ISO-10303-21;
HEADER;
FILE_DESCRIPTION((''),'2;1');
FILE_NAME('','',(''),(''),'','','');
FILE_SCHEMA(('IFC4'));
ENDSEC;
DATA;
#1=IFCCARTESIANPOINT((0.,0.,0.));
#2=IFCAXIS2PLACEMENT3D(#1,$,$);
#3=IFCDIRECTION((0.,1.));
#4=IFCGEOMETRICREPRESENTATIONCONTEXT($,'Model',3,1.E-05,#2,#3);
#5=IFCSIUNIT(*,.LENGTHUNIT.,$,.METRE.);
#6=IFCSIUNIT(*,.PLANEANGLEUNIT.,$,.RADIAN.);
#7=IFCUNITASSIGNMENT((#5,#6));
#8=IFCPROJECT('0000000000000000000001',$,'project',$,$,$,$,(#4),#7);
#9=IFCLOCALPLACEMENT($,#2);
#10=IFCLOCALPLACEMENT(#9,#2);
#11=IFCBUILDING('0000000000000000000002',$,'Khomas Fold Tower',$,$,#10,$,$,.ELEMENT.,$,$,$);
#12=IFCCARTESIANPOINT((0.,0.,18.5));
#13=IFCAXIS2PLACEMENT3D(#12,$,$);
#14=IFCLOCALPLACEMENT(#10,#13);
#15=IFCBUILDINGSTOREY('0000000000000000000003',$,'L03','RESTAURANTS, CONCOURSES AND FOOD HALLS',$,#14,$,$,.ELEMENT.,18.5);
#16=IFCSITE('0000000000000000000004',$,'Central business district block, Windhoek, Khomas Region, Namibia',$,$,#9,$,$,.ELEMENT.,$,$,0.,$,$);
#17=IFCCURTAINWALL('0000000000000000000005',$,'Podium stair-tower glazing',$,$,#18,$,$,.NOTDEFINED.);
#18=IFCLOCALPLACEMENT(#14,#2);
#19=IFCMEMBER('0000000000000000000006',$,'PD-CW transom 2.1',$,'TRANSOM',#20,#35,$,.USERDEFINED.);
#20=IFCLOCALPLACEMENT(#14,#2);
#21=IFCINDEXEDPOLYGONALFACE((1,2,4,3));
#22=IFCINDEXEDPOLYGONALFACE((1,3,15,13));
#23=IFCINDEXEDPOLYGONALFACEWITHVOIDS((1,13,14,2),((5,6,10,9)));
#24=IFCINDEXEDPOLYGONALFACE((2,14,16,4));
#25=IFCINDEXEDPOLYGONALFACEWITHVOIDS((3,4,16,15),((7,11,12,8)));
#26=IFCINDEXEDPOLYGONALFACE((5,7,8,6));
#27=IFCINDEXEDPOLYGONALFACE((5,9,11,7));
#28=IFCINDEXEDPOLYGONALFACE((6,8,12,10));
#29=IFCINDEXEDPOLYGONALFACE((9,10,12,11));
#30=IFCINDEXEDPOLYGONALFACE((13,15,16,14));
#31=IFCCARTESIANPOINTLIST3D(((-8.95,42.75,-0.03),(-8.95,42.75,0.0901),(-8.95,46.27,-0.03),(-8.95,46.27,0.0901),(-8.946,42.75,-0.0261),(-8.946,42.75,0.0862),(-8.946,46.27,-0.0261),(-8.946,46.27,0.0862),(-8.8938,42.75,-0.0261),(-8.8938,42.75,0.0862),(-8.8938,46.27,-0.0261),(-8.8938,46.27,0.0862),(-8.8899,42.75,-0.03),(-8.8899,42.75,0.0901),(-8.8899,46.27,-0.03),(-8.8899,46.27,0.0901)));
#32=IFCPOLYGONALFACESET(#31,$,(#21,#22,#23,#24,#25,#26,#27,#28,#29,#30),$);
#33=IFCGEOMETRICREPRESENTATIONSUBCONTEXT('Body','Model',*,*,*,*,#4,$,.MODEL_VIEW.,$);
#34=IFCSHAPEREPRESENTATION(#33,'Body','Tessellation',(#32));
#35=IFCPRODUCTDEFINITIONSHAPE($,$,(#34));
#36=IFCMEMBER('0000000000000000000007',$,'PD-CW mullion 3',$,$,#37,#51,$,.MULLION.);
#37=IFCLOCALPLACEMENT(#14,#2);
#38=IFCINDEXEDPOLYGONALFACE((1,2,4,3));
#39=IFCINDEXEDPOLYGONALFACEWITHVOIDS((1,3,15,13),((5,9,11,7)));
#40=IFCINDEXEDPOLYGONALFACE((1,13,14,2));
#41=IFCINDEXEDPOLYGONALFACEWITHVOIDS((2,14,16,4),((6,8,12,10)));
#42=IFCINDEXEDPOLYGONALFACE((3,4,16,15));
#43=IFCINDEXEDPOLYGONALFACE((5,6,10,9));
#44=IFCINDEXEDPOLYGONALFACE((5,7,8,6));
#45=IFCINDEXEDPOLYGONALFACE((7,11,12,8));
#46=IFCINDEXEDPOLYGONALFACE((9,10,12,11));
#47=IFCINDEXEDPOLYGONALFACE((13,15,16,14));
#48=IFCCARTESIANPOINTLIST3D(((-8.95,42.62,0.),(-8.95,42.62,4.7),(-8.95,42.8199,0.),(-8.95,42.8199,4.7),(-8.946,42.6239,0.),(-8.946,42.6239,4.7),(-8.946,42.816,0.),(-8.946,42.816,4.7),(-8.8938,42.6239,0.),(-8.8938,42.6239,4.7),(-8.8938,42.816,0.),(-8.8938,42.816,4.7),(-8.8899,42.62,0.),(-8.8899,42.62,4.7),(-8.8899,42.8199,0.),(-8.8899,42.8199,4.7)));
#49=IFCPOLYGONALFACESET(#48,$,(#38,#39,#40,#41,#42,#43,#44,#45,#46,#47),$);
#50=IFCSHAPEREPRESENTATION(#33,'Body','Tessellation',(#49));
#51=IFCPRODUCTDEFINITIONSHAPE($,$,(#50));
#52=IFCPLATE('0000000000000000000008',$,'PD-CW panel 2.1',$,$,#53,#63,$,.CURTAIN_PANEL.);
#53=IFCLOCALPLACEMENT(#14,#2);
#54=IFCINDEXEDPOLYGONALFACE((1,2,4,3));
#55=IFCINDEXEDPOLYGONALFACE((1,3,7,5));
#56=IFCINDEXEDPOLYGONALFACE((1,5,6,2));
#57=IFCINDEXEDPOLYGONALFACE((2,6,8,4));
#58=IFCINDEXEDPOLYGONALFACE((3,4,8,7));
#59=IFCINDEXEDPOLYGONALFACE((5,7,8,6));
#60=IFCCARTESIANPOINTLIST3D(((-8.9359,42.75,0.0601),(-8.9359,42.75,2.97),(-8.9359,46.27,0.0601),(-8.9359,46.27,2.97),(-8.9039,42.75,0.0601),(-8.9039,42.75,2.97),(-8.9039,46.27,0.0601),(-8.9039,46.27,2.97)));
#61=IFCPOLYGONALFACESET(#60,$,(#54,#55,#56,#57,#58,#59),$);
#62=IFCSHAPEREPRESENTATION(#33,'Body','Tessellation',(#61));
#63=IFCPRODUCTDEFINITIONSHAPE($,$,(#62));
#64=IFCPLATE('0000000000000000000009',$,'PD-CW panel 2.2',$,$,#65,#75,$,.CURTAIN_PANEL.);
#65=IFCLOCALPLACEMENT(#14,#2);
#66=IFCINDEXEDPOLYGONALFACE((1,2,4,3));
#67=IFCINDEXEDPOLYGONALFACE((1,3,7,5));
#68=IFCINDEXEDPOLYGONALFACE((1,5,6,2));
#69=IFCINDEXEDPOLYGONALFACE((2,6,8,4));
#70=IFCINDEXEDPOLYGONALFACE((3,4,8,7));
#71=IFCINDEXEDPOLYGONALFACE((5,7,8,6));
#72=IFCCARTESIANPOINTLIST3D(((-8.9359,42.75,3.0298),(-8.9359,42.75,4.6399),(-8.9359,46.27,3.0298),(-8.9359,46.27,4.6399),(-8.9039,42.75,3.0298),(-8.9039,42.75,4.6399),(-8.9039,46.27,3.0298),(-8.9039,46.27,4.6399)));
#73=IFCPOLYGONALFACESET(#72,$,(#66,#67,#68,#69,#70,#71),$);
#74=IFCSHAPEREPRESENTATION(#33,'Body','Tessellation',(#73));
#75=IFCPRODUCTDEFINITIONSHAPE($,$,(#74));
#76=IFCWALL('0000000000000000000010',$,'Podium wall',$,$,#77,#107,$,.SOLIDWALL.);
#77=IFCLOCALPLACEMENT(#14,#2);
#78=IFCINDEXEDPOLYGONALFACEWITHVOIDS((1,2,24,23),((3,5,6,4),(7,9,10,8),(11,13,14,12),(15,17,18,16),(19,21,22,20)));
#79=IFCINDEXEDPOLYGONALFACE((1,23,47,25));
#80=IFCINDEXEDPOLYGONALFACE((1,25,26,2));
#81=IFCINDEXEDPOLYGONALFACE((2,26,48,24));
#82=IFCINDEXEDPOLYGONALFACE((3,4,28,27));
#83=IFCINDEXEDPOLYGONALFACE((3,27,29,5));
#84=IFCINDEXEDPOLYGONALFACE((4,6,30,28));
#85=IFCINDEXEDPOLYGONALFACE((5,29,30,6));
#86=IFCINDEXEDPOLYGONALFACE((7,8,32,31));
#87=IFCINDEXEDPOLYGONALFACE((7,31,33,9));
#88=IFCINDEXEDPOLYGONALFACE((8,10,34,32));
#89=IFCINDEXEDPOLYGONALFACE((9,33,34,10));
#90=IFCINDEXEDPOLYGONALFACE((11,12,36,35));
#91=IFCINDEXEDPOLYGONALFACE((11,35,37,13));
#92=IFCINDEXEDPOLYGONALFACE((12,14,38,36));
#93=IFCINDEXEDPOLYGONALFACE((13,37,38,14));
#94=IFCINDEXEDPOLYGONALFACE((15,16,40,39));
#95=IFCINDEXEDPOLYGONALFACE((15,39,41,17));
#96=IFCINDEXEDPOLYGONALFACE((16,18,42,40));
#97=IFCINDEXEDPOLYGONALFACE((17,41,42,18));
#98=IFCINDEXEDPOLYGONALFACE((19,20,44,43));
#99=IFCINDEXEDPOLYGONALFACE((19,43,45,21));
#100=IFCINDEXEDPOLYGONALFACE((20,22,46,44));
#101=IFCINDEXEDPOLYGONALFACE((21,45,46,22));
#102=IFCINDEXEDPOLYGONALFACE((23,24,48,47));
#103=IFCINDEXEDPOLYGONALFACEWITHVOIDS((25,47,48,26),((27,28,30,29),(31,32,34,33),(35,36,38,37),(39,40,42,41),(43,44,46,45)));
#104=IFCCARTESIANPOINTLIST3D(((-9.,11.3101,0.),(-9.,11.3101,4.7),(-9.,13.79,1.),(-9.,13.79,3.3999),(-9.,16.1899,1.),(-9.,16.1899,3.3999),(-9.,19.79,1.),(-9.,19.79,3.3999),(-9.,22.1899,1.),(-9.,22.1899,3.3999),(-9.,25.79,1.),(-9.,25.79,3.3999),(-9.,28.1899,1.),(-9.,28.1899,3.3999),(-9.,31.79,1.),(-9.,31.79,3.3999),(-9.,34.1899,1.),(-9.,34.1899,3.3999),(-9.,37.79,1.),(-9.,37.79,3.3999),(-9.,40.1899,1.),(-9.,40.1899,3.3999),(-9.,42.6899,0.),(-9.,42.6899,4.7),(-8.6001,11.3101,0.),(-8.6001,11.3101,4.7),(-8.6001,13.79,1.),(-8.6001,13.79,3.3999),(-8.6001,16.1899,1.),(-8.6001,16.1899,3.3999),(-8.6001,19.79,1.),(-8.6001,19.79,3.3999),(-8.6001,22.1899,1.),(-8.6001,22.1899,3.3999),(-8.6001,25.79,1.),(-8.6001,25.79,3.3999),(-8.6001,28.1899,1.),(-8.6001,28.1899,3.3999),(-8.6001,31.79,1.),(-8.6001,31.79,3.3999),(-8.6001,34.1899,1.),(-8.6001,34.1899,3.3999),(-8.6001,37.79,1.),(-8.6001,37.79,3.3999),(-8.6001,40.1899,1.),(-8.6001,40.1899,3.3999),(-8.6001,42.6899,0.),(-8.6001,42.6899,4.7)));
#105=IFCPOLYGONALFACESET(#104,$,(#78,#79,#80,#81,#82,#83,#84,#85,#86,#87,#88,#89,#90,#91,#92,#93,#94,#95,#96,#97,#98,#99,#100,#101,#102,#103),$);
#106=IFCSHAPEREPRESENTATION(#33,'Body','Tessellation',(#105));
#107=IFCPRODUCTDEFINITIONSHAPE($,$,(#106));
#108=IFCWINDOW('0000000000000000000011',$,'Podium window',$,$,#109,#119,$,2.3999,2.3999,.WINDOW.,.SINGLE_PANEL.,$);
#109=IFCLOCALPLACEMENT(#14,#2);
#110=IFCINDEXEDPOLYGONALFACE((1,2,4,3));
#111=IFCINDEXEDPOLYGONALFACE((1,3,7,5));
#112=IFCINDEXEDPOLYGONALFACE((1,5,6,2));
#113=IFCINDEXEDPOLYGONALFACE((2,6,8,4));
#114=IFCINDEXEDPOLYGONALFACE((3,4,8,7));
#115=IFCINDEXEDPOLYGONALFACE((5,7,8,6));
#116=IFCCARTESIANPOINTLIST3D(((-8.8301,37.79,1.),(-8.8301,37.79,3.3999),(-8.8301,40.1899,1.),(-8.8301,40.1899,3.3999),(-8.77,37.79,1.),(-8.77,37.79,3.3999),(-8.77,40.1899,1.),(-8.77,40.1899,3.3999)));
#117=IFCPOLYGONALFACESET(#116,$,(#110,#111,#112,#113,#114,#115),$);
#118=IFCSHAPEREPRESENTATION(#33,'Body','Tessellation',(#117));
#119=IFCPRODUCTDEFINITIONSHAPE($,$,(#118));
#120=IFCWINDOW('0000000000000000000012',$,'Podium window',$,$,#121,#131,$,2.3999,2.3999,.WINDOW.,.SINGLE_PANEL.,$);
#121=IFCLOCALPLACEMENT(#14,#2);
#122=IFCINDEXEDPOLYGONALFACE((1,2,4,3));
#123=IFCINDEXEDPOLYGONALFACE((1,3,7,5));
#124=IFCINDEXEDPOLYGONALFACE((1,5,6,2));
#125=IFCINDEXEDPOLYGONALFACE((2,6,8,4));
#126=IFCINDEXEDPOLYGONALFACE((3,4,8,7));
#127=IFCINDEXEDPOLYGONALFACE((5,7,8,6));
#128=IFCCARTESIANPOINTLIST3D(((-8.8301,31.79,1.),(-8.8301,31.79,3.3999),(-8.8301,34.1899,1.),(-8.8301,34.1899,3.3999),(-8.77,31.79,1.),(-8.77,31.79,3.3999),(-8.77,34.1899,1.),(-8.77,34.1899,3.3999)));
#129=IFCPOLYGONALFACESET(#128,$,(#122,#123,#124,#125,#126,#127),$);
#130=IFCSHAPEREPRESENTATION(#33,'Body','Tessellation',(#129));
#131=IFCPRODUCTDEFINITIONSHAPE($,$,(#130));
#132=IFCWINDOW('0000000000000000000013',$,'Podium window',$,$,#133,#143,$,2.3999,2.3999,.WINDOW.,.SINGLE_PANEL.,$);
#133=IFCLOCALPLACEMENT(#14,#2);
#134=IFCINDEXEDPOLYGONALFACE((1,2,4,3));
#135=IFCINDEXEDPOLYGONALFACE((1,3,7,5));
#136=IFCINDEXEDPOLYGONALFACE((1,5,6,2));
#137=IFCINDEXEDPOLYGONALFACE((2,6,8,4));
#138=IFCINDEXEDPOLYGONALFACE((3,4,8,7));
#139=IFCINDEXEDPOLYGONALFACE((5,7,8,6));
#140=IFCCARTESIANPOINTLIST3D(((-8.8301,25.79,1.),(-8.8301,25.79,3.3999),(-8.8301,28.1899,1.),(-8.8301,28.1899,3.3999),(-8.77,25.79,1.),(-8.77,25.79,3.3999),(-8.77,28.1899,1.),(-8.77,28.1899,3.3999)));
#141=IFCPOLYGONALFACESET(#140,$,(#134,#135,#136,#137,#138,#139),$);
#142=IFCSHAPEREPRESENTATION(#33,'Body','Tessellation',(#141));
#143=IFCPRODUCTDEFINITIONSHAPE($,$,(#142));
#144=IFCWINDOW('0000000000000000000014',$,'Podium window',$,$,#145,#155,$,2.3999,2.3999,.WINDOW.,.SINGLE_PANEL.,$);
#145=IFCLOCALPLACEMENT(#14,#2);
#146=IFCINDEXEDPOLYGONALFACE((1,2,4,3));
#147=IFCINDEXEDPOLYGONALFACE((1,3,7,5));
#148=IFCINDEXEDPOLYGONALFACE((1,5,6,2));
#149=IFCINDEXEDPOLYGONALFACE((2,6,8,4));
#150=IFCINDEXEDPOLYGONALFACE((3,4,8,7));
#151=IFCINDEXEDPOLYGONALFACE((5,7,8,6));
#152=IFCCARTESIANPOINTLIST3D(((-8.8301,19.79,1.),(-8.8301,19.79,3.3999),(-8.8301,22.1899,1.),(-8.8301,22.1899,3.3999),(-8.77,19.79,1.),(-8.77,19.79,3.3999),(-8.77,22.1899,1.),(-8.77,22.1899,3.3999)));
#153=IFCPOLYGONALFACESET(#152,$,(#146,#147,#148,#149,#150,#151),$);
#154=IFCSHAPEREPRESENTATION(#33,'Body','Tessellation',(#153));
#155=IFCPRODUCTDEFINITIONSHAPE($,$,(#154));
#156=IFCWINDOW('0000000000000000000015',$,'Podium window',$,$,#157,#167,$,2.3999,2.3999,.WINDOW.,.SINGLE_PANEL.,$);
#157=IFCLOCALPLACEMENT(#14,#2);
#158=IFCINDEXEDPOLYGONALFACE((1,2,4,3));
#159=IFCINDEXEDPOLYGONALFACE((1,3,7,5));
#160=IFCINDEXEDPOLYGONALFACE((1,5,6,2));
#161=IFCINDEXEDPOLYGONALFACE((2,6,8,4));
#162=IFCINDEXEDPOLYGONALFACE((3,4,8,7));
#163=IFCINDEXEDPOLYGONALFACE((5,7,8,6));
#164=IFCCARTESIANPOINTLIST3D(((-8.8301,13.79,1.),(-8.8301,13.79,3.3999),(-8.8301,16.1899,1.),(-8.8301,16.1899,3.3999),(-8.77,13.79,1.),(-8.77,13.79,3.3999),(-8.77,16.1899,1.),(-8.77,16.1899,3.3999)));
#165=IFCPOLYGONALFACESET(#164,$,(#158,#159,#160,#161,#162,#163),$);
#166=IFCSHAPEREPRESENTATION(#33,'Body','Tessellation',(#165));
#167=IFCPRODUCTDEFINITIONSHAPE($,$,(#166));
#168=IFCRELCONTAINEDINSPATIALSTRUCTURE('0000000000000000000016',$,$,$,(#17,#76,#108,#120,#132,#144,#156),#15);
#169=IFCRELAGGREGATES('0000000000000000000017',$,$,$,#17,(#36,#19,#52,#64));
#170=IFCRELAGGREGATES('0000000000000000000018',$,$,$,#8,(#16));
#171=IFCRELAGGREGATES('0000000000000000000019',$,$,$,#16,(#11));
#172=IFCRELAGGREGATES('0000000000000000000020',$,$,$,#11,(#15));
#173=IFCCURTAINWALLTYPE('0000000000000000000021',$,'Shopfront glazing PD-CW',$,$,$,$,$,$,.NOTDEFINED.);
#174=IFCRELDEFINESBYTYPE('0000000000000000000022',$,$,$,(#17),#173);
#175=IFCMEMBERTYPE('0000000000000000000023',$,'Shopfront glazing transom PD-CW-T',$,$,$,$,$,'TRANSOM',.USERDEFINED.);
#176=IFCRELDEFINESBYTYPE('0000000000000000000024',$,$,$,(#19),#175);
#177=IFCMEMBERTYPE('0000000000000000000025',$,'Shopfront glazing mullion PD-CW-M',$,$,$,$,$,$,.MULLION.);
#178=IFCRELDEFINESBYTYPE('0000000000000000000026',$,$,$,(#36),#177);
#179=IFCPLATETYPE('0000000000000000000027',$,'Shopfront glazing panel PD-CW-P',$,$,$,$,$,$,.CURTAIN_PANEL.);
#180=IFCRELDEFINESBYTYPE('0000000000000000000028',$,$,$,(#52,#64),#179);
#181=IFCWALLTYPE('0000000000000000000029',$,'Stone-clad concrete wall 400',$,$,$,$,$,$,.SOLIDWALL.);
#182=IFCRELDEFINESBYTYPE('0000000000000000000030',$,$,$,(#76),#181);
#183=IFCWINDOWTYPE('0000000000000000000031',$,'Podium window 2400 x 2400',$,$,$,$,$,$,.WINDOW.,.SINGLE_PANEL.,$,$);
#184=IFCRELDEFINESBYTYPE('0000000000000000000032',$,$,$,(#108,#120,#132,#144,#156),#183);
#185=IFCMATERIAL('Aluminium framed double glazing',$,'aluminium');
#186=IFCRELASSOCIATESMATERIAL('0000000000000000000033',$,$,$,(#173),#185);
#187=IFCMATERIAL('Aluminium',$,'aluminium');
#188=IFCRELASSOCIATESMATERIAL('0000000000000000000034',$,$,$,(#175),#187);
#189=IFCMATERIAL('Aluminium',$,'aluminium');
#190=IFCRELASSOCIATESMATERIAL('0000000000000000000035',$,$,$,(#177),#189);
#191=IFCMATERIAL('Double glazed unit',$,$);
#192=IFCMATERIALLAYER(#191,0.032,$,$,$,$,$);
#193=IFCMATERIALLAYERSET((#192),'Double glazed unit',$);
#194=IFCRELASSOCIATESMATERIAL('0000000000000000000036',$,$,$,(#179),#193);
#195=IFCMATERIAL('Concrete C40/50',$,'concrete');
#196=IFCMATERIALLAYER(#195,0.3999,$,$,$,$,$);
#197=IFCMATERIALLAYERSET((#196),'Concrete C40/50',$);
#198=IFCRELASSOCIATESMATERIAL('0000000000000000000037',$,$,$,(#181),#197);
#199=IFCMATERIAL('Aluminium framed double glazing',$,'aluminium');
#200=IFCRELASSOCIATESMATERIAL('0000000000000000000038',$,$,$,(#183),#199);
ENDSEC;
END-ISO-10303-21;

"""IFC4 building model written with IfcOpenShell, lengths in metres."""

from ifc_helpers import new_model, si_unit, direction, frame, frame_2d, origin, origin_2d, place, context, subcontext, project, spatial, rectangle, hollow_rectangle, extrude, source, transform, mapped, material, layer, layer_set, material_profile, profile_set, type_object, element, fill, aggregate, save


model = new_model("IFC4")

# Units and contexts
model_context = context("Model", 3, precision=1e-05, world=origin(), true_north=direction((0.0, 1.0)))
body_context = subcontext(model_context, "Body", "Model", "MODEL_VIEW")
ifc_project = project(units=[si_unit("LENGTHUNIT", "METRE"), si_unit("PLANEANGLEUNIT", "RADIAN")], contexts=[model_context])

# Site, building, storey
site_placement = place(None, origin())
site = spatial("IfcSite", under=ifc_project, at=site_placement, Name="Central business district block, Windhoek, Khomas Region, Namibia", CompositionType="ELEMENT", RefElevation=0.0)
building_placement = place(site_placement, origin())
building = spatial("IfcBuilding", under=site, at=building_placement, Name="Khomas Fold Tower", CompositionType="ELEMENT")
storey_placement = place(building_placement, frame((0.0, 0.0, 18.5)))
storey = spatial("IfcBuildingStorey", under=building, at=storey_placement, Name="L03", Description="RESTAURANTS, CONCOURSES AND FOOD HALLS", CompositionType="ELEMENT", Elevation=18.5)

# Curtain wall, members, plates
ifc_material_1 = material(Name="Aluminium framed double glazing", Category="aluminium")
curtain_wall_type = type_object("IfcCurtainWallType", Name="Shopfront glazing PD-CW", PredefinedType="NOTDEFINED", material=ifc_material_1)
curtain_wall_placement = place(storey_placement, origin())
curtain_wall = element("IfcCurtainWall", 1, at=curtain_wall_placement, inside=storey, type_object=curtain_wall_type, Name="Podium stair-tower glazing", PredefinedType="NOTDEFINED")
ifc_material_2 = material(Name="Aluminium", Category="aluminium")
ifc_material_profile_1 = material_profile(ifc_material_2, hollow_rectangle(XDim=0.0601, YDim=0.1201, WallThickness=0.0039, at=origin_2d()), Name="Shopfront glazing transom PD-CW-T")
ifc_profile_set_1 = profile_set([ifc_material_profile_1], Name="Aluminium")
member_type_1 = type_object("IfcMemberType", Name="Shopfront glazing transom PD-CW-T", ElementType="TRANSOM", PredefinedType="USERDEFINED", material=ifc_profile_set_1)
shared_shape_1 = source(origin(), body_context, "Body", "SweptSolid", [
    extrude(hollow_rectangle(XDim=0.0601, YDim=0.1201, WallThickness=0.0039, at=origin_2d()), origin(), (0.0, 0.0, 1.0), 3.52),
])
member_1_placement = place(storey_placement, frame((-8.9199, 46.27, 0.03), z_axis=(0.0, -1.0, 0.0), x_axis=(1.0, 0.0, 0.0)))
member_1 = element("IfcMember", 2, at=member_1_placement, type_object=member_type_1, Name="PD-CW transom 2.1", ObjectType="TRANSOM", PredefinedType="USERDEFINED", context=body_context, shape_type="MappedRepresentation", body=[
    mapped(shared_shape_1, transform((0.0, 0.0, 0.0))),
])
ifc_material_3 = material(Name="Aluminium", Category="aluminium")
ifc_material_profile_2 = material_profile(ifc_material_3, hollow_rectangle(XDim=0.0601, YDim=0.2, WallThickness=0.0039, at=origin_2d()), Name="Shopfront glazing mullion PD-CW-M")
ifc_profile_set_2 = profile_set([ifc_material_profile_2], Name="Aluminium")
member_type_2 = type_object("IfcMemberType", Name="Shopfront glazing mullion PD-CW-M", PredefinedType="MULLION", material=ifc_profile_set_2)
shared_shape_2 = source(origin(), body_context, "Body", "SweptSolid", [
    extrude(hollow_rectangle(XDim=0.0601, YDim=0.2, WallThickness=0.0039, at=origin_2d()), origin(), (0.0, 0.0, 1.0), 4.7),
])
member_2_placement = place(storey_placement, frame((-8.9199, 42.72, 0.0), z_axis=(0.0, 0.0, 1.0), x_axis=(1.0, 0.0, 0.0)))
member_2 = element("IfcMember", 3, at=member_2_placement, type_object=member_type_2, Name="PD-CW mullion 3", PredefinedType="MULLION", context=body_context, shape_type="MappedRepresentation", body=[
    mapped(shared_shape_2, transform((0.0, 0.0, 0.0))),
])
ifc_material_4 = material(Name="Double glazed unit")
ifc_layer_1 = layer(ifc_material_4, 0.032)
ifc_layer_set_1 = layer_set([ifc_layer_1], Name="Double glazed unit")
plate_type = type_object("IfcPlateType", Name="Shopfront glazing panel PD-CW-P", PredefinedType="CURTAIN_PANEL", material=ifc_layer_set_1)
shared_shape_3 = source(origin(), body_context, "Body", "SweptSolid", [
    extrude(rectangle(XDim=3.52, YDim=0.032, at=origin_2d()), origin(), (0.0, 0.0, 1.0), 2.9099),
])
plate_1_placement = place(storey_placement, frame((-8.9199, 44.51, 0.0601), z_axis=(0.0, 0.0, 1.0), x_axis=(0.0, -1.0, 0.0)))
plate_1 = element("IfcPlate", 4, at=plate_1_placement, type_object=plate_type, Name="PD-CW panel 2.1", PredefinedType="CURTAIN_PANEL", context=body_context, shape_type="MappedRepresentation", body=[
    mapped(shared_shape_3, transform((0.0, 0.0, 0.0))),
])
shared_shape_4 = source(origin(), body_context, "Body", "SweptSolid", [
    extrude(rectangle(XDim=3.52, YDim=0.032, at=origin_2d()), origin(), (0.0, 0.0, 1.0), 1.6101),
])
plate_2_placement = place(storey_placement, frame((-8.9199, 44.51, 3.0298), z_axis=(0.0, 0.0, 1.0), x_axis=(0.0, -1.0, 0.0)))
plate_2 = element("IfcPlate", 5, at=plate_2_placement, type_object=plate_type, Name="PD-CW panel 2.2", PredefinedType="CURTAIN_PANEL", context=body_context, shape_type="MappedRepresentation", body=[
    mapped(shared_shape_4, transform((0.0, 0.0, 0.0))),
])
aggregate(curtain_wall, [member_2, member_1, plate_1, plate_2])

# Wall, openings, windows
ifc_material_5 = material(Name="Concrete C40/50", Category="concrete")
ifc_layer_2 = layer(ifc_material_5, 0.3999)
ifc_layer_set_2 = layer_set([ifc_layer_2], Name="Concrete C40/50")
wall_type_1 = type_object("IfcWallType", Name="Stone-clad concrete wall 400", PredefinedType="SOLIDWALL", material=ifc_layer_set_2)
shared_shape_5 = source(origin(), body_context, "Body", "SweptSolid", [
    extrude(rectangle(XDim=31.3799, YDim=0.3999, at=frame_2d((15.6899, 0.0))), origin(), (0.0, 0.0, 1.0), 4.7),
])
wall_1_placement = place(storey_placement, frame((-8.8, 42.6899, 0.0), z_axis=(0.0, 0.0, 1.0), x_axis=(0.0, -1.0, 0.0)))
wall_1 = element("IfcWall", 6, at=wall_1_placement, inside=storey, type_object=wall_type_1, Name="Podium wall", PredefinedType="SOLIDWALL", context=body_context, shape_type="MappedRepresentation", body=[
    mapped(shared_shape_5, transform((0.0, 0.0, 0.0))),
])
shared_shape_6 = source(origin(), body_context, "Body", "SweptSolid", [
    extrude(rectangle(XDim=2.3999, YDim=2.3999, at=frame_2d((1.2, 1.2))), frame((0.0, 0.21, 0.0), z_axis=(0.0, -1.0, 0.0), x_axis=(1.0, 0.0, 0.0)), (0.0, 0.0, 1.0), 0.4199),
])
opening_1_placement = place(wall_1_placement, frame((2.5, 0.0, 1.0)))
opening_1 = element("IfcOpeningElement", 7, at=opening_1_placement, cuts=wall_1, PredefinedType="OPENING", context=body_context, shape_type="MappedRepresentation", body=[
    mapped(shared_shape_6, transform((0.0, 0.0, 0.0))),
])
opening_2_placement = place(wall_1_placement, frame((8.5, 0.0, 1.0)))
opening_2 = element("IfcOpeningElement", 8, at=opening_2_placement, cuts=wall_1, PredefinedType="OPENING", context=body_context, shape_type="MappedRepresentation", body=[
    mapped(shared_shape_6, transform((0.0, 0.0, 0.0))),
])
opening_3_placement = place(wall_1_placement, frame((14.5, 0.0, 1.0)))
opening_3 = element("IfcOpeningElement", 9, at=opening_3_placement, cuts=wall_1, PredefinedType="OPENING", context=body_context, shape_type="MappedRepresentation", body=[
    mapped(shared_shape_6, transform((0.0, 0.0, 0.0))),
])
opening_4_placement = place(wall_1_placement, frame((20.5, 0.0, 1.0)))
opening_4 = element("IfcOpeningElement", 10, at=opening_4_placement, cuts=wall_1, PredefinedType="OPENING", context=body_context, shape_type="MappedRepresentation", body=[
    mapped(shared_shape_6, transform((0.0, 0.0, 0.0))),
])
opening_5_placement = place(wall_1_placement, frame((26.5, 0.0, 1.0)))
opening_5 = element("IfcOpeningElement", 11, at=opening_5_placement, cuts=wall_1, PredefinedType="OPENING", context=body_context, shape_type="MappedRepresentation", body=[
    mapped(shared_shape_6, transform((0.0, 0.0, 0.0))),
])
ifc_material_6 = material(Name="Aluminium framed double glazing", Category="aluminium")
window_type = type_object("IfcWindowType", Name="Podium window 2400 x 2400", PartitioningType="SINGLE_PANEL", PredefinedType="WINDOW", material=ifc_material_6)
shared_shape_7 = source(origin(), body_context, "Body", "SweptSolid", [
    extrude(rectangle(XDim=2.3999, YDim=2.3999, at=frame_2d((1.2, 1.2))), frame((0.0, 0.03, 0.0), z_axis=(0.0, -1.0, 0.0), x_axis=(1.0, 0.0, 0.0)), (0.0, 0.0, 1.0), 0.0601),
])
window_1_placement = place(opening_1_placement, origin())
window_1 = element("IfcWindow", 12, at=window_1_placement, inside=storey, type_object=window_type, Name="Podium window", OverallHeight=2.3999, OverallWidth=2.3999, PartitioningType="SINGLE_PANEL", PredefinedType="WINDOW", context=body_context, shape_type="MappedRepresentation", body=[
    mapped(shared_shape_7, transform((0.0, 0.0, 0.0))),
])
fill(opening_1, window_1)
window_2_placement = place(opening_2_placement, origin())
window_2 = element("IfcWindow", 13, at=window_2_placement, inside=storey, type_object=window_type, Name="Podium window", OverallHeight=2.3999, OverallWidth=2.3999, PartitioningType="SINGLE_PANEL", PredefinedType="WINDOW", context=body_context, shape_type="MappedRepresentation", body=[
    mapped(shared_shape_7, transform((0.0, 0.0, 0.0))),
])
fill(opening_2, window_2)
window_3_placement = place(opening_3_placement, origin())
window_3 = element("IfcWindow", 14, at=window_3_placement, inside=storey, type_object=window_type, Name="Podium window", OverallHeight=2.3999, OverallWidth=2.3999, PartitioningType="SINGLE_PANEL", PredefinedType="WINDOW", context=body_context, shape_type="MappedRepresentation", body=[
    mapped(shared_shape_7, transform((0.0, 0.0, 0.0))),
])
fill(opening_3, window_3)
window_4_placement = place(opening_4_placement, origin())
window_4 = element("IfcWindow", 15, at=window_4_placement, inside=storey, type_object=window_type, Name="Podium window", OverallHeight=2.3999, OverallWidth=2.3999, PartitioningType="SINGLE_PANEL", PredefinedType="WINDOW", context=body_context, shape_type="MappedRepresentation", body=[
    mapped(shared_shape_7, transform((0.0, 0.0, 0.0))),
])
fill(opening_4, window_4)
window_5_placement = place(opening_5_placement, origin())
window_5 = element("IfcWindow", 16, at=window_5_placement, inside=storey, type_object=window_type, Name="Podium window", OverallHeight=2.3999, OverallWidth=2.3999, PartitioningType="SINGLE_PANEL", PredefinedType="WINDOW", context=body_context, shape_type="MappedRepresentation", body=[
    mapped(shared_shape_7, transform((0.0, 0.0, 0.0))),
])
fill(opening_5, window_5)

save(model, "model.ifc")
